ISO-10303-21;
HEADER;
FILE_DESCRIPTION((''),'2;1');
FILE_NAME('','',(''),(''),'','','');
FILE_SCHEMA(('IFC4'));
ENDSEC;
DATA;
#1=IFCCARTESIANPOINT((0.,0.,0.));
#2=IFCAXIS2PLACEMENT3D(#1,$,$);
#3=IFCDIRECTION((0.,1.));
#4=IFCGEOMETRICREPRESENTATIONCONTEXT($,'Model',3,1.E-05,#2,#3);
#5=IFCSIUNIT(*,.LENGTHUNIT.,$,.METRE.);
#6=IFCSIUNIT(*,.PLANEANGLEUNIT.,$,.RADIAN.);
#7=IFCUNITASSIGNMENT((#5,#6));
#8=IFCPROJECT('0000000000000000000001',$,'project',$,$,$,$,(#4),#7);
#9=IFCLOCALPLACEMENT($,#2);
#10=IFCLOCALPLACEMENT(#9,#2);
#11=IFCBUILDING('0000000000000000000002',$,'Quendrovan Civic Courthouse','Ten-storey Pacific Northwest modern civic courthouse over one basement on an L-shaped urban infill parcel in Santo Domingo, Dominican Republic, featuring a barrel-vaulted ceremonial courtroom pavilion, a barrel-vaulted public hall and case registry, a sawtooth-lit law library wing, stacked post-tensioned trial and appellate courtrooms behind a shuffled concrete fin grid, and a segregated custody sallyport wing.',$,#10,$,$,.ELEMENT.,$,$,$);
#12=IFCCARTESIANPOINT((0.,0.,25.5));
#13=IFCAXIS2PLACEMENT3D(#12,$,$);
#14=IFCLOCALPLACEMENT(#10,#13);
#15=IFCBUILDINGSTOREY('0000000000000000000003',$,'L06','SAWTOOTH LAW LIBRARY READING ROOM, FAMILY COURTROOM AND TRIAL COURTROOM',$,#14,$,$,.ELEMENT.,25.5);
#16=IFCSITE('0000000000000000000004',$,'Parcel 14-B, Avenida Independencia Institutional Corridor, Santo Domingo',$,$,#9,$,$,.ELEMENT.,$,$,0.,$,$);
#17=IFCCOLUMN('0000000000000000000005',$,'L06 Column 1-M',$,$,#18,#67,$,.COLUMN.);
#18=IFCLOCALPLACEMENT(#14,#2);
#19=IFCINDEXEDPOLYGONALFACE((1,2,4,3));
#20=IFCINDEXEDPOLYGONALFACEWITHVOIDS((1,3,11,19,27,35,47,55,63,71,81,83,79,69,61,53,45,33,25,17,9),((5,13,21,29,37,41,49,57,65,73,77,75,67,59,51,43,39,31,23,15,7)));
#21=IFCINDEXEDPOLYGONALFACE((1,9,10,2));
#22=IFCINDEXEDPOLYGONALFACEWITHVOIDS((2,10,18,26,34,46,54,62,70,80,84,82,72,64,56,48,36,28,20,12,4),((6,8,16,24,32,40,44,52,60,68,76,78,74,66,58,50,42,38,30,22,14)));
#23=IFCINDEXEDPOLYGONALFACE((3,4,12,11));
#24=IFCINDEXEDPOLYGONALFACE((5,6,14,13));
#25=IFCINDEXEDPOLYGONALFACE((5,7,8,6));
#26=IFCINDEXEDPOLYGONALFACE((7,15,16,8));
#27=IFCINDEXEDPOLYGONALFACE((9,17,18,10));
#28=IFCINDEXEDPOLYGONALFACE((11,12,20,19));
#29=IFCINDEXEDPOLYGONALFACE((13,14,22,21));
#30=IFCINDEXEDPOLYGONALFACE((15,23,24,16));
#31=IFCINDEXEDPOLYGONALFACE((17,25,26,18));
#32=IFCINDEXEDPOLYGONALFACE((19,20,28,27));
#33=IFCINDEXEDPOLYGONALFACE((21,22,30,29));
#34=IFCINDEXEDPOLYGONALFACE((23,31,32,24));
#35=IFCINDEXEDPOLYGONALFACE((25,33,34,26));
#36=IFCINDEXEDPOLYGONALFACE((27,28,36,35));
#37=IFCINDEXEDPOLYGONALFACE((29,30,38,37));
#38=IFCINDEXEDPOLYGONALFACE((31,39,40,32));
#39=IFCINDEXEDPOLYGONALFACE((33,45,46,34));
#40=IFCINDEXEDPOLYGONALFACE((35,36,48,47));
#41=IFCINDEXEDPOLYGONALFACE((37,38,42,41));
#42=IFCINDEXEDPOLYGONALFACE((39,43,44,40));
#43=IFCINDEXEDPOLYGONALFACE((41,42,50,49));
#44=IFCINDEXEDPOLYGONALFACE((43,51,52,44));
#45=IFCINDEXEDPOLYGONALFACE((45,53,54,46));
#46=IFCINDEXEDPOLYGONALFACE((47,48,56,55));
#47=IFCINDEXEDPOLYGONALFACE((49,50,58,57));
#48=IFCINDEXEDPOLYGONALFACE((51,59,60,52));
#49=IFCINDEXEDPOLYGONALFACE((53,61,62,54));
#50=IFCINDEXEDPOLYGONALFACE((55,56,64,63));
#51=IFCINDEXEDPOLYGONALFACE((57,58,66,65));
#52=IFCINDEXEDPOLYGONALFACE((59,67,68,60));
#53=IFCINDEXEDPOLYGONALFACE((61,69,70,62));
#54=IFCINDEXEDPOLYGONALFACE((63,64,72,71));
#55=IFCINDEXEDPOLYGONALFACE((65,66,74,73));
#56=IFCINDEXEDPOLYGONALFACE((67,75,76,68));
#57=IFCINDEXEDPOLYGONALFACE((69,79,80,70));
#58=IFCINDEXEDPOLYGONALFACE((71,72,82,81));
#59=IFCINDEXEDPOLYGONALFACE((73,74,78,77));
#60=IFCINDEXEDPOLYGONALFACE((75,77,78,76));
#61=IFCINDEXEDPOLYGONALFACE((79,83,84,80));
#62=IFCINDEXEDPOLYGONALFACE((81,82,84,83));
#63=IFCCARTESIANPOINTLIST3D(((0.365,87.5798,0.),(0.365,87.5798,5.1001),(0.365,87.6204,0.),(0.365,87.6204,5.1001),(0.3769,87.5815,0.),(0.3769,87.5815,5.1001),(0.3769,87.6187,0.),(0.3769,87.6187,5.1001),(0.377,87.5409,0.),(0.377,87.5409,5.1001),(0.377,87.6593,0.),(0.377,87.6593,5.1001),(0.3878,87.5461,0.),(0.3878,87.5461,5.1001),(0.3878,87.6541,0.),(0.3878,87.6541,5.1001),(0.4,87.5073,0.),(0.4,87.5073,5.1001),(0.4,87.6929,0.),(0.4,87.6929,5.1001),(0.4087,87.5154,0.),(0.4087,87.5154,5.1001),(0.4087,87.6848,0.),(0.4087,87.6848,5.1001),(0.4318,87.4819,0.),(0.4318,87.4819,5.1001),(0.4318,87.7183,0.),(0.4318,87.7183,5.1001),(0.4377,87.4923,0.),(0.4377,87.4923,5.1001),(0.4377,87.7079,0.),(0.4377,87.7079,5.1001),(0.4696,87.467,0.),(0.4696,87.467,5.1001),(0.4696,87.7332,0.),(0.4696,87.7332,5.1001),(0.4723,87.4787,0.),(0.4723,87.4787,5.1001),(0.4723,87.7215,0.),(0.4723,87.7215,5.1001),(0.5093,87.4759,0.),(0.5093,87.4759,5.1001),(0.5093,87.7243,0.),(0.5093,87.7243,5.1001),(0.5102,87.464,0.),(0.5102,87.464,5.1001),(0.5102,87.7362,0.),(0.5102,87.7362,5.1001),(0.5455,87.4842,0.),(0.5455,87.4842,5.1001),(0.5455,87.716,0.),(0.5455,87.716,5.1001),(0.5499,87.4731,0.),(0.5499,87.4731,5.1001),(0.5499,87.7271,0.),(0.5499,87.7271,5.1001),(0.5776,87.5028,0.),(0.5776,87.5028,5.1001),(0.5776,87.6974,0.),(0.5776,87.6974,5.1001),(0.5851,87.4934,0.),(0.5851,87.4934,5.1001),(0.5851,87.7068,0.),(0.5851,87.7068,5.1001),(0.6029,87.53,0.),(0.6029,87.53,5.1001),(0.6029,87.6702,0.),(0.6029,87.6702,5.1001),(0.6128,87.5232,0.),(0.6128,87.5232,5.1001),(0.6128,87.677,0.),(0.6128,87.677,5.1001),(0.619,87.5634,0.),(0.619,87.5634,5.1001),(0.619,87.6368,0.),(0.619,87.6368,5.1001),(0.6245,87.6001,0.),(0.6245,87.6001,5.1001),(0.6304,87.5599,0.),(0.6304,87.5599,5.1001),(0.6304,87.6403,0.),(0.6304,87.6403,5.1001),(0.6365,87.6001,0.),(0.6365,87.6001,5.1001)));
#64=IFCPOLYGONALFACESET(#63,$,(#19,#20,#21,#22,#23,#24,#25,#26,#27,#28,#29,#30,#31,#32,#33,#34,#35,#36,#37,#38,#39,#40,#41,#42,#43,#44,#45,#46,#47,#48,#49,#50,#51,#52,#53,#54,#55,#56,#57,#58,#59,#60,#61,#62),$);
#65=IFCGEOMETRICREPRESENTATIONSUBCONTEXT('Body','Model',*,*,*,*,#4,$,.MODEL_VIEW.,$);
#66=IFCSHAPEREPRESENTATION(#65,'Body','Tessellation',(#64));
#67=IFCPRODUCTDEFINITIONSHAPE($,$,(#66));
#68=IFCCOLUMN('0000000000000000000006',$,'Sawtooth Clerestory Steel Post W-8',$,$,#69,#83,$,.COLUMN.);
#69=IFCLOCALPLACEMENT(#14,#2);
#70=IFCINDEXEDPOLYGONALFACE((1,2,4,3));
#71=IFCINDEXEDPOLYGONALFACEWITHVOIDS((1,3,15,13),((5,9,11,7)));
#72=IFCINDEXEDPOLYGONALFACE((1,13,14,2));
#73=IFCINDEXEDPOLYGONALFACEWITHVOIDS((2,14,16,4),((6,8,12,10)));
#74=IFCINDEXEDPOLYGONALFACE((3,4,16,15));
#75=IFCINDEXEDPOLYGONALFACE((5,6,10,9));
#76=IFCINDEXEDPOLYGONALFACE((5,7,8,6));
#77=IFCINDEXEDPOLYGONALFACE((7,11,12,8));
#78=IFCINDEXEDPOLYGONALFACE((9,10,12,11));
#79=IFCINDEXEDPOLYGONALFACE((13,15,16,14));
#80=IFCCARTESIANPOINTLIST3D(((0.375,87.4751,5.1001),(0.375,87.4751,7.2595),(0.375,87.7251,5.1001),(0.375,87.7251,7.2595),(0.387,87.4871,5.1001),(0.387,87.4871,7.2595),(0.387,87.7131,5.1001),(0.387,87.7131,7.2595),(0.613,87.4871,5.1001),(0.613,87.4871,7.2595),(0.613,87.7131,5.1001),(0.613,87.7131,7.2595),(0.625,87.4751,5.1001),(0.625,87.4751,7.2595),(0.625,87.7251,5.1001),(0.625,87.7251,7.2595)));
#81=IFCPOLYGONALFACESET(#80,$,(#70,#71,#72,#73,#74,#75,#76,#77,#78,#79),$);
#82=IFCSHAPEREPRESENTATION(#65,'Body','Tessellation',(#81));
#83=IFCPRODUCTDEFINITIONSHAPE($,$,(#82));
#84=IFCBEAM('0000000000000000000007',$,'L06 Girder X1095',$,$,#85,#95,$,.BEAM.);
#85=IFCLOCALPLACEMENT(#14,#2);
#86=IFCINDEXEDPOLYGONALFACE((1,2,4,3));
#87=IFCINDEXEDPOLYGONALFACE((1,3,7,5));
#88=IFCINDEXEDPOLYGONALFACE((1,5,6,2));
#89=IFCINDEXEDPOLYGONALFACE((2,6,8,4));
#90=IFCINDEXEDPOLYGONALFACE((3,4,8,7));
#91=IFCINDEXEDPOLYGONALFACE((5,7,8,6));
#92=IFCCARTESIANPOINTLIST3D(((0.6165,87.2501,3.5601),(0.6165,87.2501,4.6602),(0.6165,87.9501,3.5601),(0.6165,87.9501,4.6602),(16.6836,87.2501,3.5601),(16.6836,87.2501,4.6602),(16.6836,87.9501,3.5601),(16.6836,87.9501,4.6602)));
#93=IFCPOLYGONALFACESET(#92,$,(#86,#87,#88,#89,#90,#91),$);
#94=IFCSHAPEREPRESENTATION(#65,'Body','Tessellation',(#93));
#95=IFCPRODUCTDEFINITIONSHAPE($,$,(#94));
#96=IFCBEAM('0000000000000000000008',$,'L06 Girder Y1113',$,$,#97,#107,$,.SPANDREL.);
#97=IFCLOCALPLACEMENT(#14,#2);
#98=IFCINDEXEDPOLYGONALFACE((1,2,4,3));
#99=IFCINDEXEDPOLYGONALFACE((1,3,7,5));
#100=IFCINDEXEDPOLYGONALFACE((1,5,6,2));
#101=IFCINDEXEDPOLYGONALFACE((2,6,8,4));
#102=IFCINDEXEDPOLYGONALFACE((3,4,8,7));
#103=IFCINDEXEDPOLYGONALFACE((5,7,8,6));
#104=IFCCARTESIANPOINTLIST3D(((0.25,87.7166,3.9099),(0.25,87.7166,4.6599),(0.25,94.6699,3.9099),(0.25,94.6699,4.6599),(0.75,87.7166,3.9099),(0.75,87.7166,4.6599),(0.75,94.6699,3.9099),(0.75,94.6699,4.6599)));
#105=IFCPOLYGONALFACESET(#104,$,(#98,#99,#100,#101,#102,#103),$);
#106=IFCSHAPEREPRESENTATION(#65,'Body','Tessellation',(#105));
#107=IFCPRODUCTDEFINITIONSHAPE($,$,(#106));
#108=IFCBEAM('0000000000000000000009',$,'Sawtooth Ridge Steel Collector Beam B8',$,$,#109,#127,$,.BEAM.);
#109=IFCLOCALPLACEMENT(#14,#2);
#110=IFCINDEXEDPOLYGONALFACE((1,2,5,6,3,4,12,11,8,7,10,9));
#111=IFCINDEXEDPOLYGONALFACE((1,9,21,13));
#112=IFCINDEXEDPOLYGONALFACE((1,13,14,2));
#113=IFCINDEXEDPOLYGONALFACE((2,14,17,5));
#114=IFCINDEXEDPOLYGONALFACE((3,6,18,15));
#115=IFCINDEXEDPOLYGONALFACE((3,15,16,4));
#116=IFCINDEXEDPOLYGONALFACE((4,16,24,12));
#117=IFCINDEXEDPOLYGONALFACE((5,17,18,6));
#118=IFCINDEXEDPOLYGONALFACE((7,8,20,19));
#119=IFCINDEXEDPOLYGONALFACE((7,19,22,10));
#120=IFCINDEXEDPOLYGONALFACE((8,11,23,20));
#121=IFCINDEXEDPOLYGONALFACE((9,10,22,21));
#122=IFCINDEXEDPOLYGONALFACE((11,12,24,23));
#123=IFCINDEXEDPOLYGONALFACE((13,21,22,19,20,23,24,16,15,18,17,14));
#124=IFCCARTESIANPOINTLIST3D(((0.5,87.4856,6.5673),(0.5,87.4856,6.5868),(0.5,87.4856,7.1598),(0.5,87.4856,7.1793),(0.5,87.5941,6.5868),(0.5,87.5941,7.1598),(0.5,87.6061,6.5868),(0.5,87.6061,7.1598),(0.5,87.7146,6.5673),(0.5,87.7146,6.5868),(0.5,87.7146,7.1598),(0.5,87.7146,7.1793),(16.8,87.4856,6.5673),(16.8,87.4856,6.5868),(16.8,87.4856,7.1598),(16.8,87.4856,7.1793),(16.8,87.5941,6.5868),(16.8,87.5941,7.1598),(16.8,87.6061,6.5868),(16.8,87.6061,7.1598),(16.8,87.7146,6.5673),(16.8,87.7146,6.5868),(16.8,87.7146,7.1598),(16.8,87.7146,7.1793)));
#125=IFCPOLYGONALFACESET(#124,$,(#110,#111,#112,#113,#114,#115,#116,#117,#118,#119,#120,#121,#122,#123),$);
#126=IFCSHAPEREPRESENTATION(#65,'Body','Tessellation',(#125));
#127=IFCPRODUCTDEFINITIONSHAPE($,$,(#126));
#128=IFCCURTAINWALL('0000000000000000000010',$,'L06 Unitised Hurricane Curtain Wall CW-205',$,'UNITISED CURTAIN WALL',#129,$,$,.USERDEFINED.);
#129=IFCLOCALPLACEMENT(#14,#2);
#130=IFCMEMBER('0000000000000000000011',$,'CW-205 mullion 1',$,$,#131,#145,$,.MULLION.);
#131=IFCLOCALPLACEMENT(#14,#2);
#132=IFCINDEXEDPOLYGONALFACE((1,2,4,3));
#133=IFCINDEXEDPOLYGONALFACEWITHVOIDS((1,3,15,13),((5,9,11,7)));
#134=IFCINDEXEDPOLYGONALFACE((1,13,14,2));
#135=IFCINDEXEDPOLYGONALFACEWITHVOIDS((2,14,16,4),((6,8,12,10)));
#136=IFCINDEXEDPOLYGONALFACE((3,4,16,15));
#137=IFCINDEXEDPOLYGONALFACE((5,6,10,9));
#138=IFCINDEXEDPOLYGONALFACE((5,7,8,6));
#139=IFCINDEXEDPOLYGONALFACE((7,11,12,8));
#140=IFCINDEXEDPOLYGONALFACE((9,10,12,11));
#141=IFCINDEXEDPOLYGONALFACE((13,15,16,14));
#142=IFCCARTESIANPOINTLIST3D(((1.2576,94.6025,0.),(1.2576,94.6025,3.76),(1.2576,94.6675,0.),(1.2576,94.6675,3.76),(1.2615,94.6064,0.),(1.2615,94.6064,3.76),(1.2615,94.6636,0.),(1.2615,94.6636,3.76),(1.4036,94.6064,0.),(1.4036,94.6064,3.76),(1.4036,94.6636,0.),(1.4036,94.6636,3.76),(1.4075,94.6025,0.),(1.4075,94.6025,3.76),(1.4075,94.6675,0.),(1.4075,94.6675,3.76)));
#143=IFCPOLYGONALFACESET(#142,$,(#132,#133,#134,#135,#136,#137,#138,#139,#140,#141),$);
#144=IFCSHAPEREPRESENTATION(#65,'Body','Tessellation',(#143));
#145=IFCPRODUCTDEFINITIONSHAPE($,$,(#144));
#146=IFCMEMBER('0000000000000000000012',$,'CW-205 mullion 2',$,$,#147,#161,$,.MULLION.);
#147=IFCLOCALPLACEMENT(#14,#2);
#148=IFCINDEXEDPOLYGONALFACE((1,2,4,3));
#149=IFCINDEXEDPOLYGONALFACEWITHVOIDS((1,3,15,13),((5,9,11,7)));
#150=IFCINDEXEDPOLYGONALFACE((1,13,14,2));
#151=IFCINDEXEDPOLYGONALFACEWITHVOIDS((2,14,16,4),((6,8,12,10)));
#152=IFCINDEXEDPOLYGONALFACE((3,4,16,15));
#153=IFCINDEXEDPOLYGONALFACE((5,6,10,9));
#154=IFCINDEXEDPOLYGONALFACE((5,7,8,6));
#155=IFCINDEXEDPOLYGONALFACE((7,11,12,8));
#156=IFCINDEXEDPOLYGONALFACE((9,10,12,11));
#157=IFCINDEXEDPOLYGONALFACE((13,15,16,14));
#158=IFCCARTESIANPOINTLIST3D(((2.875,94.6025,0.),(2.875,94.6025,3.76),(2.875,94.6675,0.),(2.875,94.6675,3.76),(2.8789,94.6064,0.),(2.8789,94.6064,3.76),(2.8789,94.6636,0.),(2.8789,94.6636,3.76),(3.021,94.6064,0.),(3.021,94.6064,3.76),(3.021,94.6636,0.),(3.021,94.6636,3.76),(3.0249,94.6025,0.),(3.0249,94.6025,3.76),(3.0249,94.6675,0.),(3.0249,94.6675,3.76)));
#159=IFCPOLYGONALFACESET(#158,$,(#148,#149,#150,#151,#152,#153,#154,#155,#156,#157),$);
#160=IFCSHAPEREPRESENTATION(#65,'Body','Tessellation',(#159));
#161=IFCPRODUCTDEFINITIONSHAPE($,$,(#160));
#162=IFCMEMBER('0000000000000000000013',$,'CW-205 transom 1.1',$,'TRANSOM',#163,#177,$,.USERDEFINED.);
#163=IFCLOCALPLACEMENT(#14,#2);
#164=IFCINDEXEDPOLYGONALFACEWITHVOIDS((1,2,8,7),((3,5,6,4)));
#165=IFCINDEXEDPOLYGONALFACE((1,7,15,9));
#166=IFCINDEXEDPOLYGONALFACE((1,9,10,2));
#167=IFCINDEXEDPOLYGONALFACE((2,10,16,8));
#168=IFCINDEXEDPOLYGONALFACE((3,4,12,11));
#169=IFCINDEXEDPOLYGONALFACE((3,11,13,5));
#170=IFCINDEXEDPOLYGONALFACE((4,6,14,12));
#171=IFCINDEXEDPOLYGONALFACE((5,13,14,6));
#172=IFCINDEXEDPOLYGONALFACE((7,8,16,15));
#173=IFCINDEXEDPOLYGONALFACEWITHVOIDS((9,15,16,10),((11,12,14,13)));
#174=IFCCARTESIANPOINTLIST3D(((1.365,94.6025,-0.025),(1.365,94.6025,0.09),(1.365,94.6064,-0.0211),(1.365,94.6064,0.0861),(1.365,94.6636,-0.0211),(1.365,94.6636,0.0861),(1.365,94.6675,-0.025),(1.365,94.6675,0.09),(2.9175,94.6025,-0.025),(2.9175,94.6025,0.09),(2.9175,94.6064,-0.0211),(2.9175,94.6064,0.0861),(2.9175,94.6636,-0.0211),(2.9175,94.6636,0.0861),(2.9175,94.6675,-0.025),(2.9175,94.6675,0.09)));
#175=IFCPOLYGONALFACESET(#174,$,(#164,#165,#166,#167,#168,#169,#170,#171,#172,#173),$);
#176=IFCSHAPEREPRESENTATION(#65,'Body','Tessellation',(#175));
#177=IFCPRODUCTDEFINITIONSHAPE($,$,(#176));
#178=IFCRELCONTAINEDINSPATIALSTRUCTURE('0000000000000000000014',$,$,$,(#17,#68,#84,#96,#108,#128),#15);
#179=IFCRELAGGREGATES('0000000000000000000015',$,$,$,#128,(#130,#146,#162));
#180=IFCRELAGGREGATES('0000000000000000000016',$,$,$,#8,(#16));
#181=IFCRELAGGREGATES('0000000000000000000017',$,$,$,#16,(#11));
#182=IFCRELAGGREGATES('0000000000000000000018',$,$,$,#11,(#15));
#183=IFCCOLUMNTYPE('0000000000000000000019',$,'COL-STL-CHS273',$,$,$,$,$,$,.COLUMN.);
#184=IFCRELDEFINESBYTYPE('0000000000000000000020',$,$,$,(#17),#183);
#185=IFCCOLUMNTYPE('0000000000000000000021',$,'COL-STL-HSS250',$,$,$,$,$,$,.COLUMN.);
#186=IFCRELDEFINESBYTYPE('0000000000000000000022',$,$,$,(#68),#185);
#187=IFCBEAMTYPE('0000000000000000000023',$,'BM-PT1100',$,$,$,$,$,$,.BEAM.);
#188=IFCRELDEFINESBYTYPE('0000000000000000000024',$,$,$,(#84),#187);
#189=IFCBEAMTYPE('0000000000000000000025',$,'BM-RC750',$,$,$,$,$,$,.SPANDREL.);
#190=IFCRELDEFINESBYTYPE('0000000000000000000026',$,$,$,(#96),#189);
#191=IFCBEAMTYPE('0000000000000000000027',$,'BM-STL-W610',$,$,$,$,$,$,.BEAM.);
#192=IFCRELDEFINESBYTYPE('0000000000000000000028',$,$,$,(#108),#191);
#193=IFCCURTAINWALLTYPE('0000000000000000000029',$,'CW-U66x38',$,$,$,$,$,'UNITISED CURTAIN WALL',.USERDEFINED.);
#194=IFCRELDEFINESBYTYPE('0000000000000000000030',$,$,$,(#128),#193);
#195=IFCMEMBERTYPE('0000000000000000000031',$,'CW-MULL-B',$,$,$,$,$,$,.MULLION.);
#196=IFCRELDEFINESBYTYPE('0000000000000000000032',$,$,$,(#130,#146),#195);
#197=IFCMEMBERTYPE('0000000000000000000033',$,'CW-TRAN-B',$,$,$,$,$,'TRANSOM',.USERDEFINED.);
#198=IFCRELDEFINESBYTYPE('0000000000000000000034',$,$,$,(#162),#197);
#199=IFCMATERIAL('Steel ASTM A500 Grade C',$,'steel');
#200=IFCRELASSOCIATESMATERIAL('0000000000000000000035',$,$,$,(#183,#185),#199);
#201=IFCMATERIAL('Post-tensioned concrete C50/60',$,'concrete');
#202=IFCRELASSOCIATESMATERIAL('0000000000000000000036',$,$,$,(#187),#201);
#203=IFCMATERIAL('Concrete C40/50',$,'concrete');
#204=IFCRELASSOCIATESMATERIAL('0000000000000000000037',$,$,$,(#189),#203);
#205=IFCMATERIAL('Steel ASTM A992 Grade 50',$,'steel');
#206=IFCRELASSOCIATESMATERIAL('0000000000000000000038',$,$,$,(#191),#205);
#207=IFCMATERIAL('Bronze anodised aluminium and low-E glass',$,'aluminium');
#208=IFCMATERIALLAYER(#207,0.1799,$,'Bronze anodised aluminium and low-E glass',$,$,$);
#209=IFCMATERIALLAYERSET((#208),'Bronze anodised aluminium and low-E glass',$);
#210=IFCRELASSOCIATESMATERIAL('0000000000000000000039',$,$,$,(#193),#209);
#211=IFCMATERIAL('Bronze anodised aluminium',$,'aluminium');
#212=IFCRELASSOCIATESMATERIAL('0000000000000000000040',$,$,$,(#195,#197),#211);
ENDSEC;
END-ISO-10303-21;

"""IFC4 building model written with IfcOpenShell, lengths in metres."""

from ifc_helpers import new_model, si_unit, direction, frame, origin, origin_2d, place, context, subcontext, project, spatial, rectangle, hollow_rectangle, hollow_circle, i_section, extrude, material, layer, layer_set, material_profile, profile_set, type_object, element, aggregate, save


model = new_model("IFC4")

# Units and contexts
model_context = context("Model", 3, precision=1e-05, world=origin(), true_north=direction((0.0, 1.0)))
body_context = subcontext(model_context, "Body", "Model", "MODEL_VIEW")
ifc_project = project(units=[si_unit("LENGTHUNIT", "METRE"), si_unit("PLANEANGLEUNIT", "RADIAN")], contexts=[model_context])

# Site, building, storey
site_placement = place(None, origin())
site = spatial("IfcSite", under=ifc_project, at=site_placement, Name="Parcel 14-B, Avenida Independencia Institutional Corridor, Santo Domingo", CompositionType="ELEMENT", RefElevation=0.0)
building_placement = place(site_placement, origin())
building = spatial("IfcBuilding", under=site, at=building_placement, Name="Quendrovan Civic Courthouse", Description="Ten-storey Pacific Northwest modern civic courthouse over one basement on an L-shaped urban infill parcel in Santo Domingo, Dominican Republic, featuring a barrel-vaulted ceremonial courtroom pavilion, a barrel-vaulted public hall and case registry, a sawtooth-lit law library wing, stacked post-tensioned trial and appellate courtrooms behind a shuffled concrete fin grid, and a segregated custody sallyport wing.", CompositionType="ELEMENT")
storey_placement = place(building_placement, frame((0.0, 0.0, 25.5)))
storey = spatial("IfcBuildingStorey", under=building, at=storey_placement, Name="L06", Description="SAWTOOTH LAW LIBRARY READING ROOM, FAMILY COURTROOM AND TRIAL COURTROOM", CompositionType="ELEMENT", Elevation=25.5)

# Columns
ifc_material_1 = material(Name="Steel ASTM A500 Grade C", Category="steel")
ifc_material_profile_1 = material_profile(ifc_material_1, hollow_circle(Radius=0.1365, WallThickness=0.012, at=origin_2d()), Name="CHS273x12")
ifc_profile_set_1 = profile_set([ifc_material_profile_1], Name="Steel ASTM A500 Grade C")
column_type_1 = type_object("IfcColumnType", Name="COL-STL-CHS273", PredefinedType="COLUMN", material=ifc_profile_set_1)
column_1_placement = place(storey_placement, frame((0.5, 87.6001, 0.0), z_axis=(0.0, 0.0, 1.0), x_axis=(1.0, 0.0, 0.0)))
element("IfcColumn", 1, at=column_1_placement, inside=storey, type_object=column_type_1, Name="L06 Column 1-M", PredefinedType="COLUMN", context=body_context, shape_type="SweptSolid", body=[
    extrude(hollow_circle(Radius=0.1365, WallThickness=0.012, at=origin_2d()), origin(), (0.0, 0.0, 1.0), 5.1001),
])
ifc_material_profile_2 = material_profile(ifc_material_1, hollow_rectangle(XDim=0.25, YDim=0.25, WallThickness=0.012, at=origin_2d()), Name="HSS250x250x12")
ifc_profile_set_2 = profile_set([ifc_material_profile_2], Name="Steel ASTM A500 Grade C")
column_type_2 = type_object("IfcColumnType", Name="COL-STL-HSS250", PredefinedType="COLUMN", material=ifc_profile_set_2)
column_2_placement = place(storey_placement, frame((0.5, 87.6001, 5.1001), z_axis=(0.0, 0.0, 1.0), x_axis=(1.0, 0.0, 0.0)))
element("IfcColumn", 2, at=column_2_placement, inside=storey, type_object=column_type_2, Name="Sawtooth Clerestory Steel Post W-8", PredefinedType="COLUMN", context=body_context, shape_type="SweptSolid", body=[
    extrude(hollow_rectangle(XDim=0.25, YDim=0.25, WallThickness=0.012, at=origin_2d()), origin(), (0.0, 0.0, 1.0), 2.1594),
])

# Beams
ifc_material_2 = material(Name="Post-tensioned concrete C50/60", Category="concrete")
ifc_material_profile_3 = material_profile(ifc_material_2, rectangle(XDim=0.7, YDim=1.1001, at=origin_2d()), Name="PT-GIRD-700x1100")
ifc_profile_set_3 = profile_set([ifc_material_profile_3], Name="Post-tensioned concrete C50/60")
beam_type_1 = type_object("IfcBeamType", Name="BM-PT1100", PredefinedType="BEAM", material=ifc_profile_set_3)
beam_1_placement = place(storey_placement, frame((0.6165, 87.6001, 4.1101), z_axis=(1.0, 0.0, 0.0), x_axis=(0.0, 1.0, 0.0)))
element("IfcBeam", 3, at=beam_1_placement, inside=storey, type_object=beam_type_1, Name="L06 Girder X1095", PredefinedType="BEAM", context=body_context, shape_type="SweptSolid", body=[
    extrude(rectangle(XDim=0.7, YDim=1.1001, at=origin_2d()), origin(), (0.0, 0.0, 1.0), 16.0671),
])
ifc_material_3 = material(Name="Concrete C40/50", Category="concrete")
ifc_material_profile_4 = material_profile(ifc_material_3, rectangle(XDim=0.5, YDim=0.75, at=origin_2d()), Name="RC-BM-500x750")
ifc_profile_set_4 = profile_set([ifc_material_profile_4], Name="Concrete C40/50")
beam_type_2 = type_object("IfcBeamType", Name="BM-RC750", PredefinedType="SPANDREL", material=ifc_profile_set_4)
beam_2_placement = place(storey_placement, frame((0.5, 87.7166, 4.2849), z_axis=(0.0, 1.0, 0.0), x_axis=(-1.0, 0.0, 0.0)))
element("IfcBeam", 4, at=beam_2_placement, inside=storey, type_object=beam_type_2, Name="L06 Girder Y1113", PredefinedType="SPANDREL", context=body_context, shape_type="SweptSolid", body=[
    extrude(rectangle(XDim=0.5, YDim=0.75, at=origin_2d()), origin(), (0.0, 0.0, 1.0), 6.9534),
])
ifc_material_4 = material(Name="Steel ASTM A992 Grade 50", Category="steel")
ifc_material_profile_5 = material_profile(ifc_material_4, i_section(OverallWidth=0.229, OverallDepth=0.6121, WebThickness=0.012, FlangeThickness=0.0195, at=origin_2d()), Name="W610x125")
ifc_profile_set_5 = profile_set([ifc_material_profile_5], Name="Steel ASTM A992 Grade 50")
beam_type_3 = type_object("IfcBeamType", Name="BM-STL-W610", PredefinedType="BEAM", material=ifc_profile_set_5)
beam_3_placement = place(storey_placement, frame((0.5, 87.6001, 6.8733), z_axis=(1.0, 0.0, 0.0), x_axis=(0.0, 1.0, 0.0)))
element("IfcBeam", 5, at=beam_3_placement, inside=storey, type_object=beam_type_3, Name="Sawtooth Ridge Steel Collector Beam B8", PredefinedType="BEAM", context=body_context, shape_type="SweptSolid", body=[
    extrude(i_section(OverallWidth=0.229, OverallDepth=0.6121, WebThickness=0.012, FlangeThickness=0.0195, at=origin_2d()), origin(), (0.0, 0.0, 1.0), 16.3),
])

# Curtain wall, members
ifc_material_5 = material(Name="Bronze anodised aluminium and low-E glass", Category="aluminium")
ifc_layer_1 = layer(ifc_material_5, 0.1799, Name="Bronze anodised aluminium and low-E glass")
ifc_layer_set_1 = layer_set([ifc_layer_1], Name="Bronze anodised aluminium and low-E glass")
curtain_wall_type = type_object("IfcCurtainWallType", Name="CW-U66x38", ElementType="UNITISED CURTAIN WALL", PredefinedType="USERDEFINED", material=ifc_layer_set_1)
curtain_wall_placement = place(storey_placement, origin())
curtain_wall = element("IfcCurtainWall", 6, at=curtain_wall_placement, inside=storey, type_object=curtain_wall_type, Name="L06 Unitised Hurricane Curtain Wall CW-205", ObjectType="UNITISED CURTAIN WALL", PredefinedType="USERDEFINED")
ifc_material_6 = material(Name="Bronze anodised aluminium", Category="aluminium")
ifc_material_profile_6 = material_profile(ifc_material_6, hollow_rectangle(XDim=0.0649, YDim=0.1499, WallThickness=0.0039, at=origin_2d()), Name="CW-MULL-65x150")
ifc_profile_set_6 = profile_set([ifc_material_profile_6], Name="Bronze anodised aluminium")
member_type_1 = type_object("IfcMemberType", Name="CW-MULL-B", PredefinedType="MULLION", material=ifc_profile_set_6)
member_1_placement = place(storey_placement, frame((1.3325, 94.635, 0.0), z_axis=(0.0, 0.0, 1.0), x_axis=(0.0, 1.0, 0.0)))
member_1 = element("IfcMember", 7, at=member_1_placement, type_object=member_type_1, Name="CW-205 mullion 1", PredefinedType="MULLION", context=body_context, shape_type="SweptSolid", body=[
    extrude(hollow_rectangle(XDim=0.0649, YDim=0.1499, WallThickness=0.0039, at=origin_2d()), origin(), (0.0, 0.0, 1.0), 3.76),
])
member_2_placement = place(storey_placement, frame((2.95, 94.635, 0.0), z_axis=(0.0, 0.0, 1.0), x_axis=(0.0, 1.0, 0.0)))
member_2 = element("IfcMember", 8, at=member_2_placement, type_object=member_type_1, Name="CW-205 mullion 2", PredefinedType="MULLION", context=body_context, shape_type="SweptSolid", body=[
    extrude(hollow_rectangle(XDim=0.0649, YDim=0.1499, WallThickness=0.0039, at=origin_2d()), origin(), (0.0, 0.0, 1.0), 3.76),
])
ifc_material_profile_7 = material_profile(ifc_material_6, hollow_rectangle(XDim=0.0649, YDim=0.115, WallThickness=0.0039, at=origin_2d()), Name="CW-TRAN-65x115")
ifc_profile_set_7 = profile_set([ifc_material_profile_7], Name="Bronze anodised aluminium")
member_type_2 = type_object("IfcMemberType", Name="CW-TRAN-B", ElementType="TRANSOM", PredefinedType="USERDEFINED", material=ifc_profile_set_7)
member_3_placement = place(storey_placement, frame((1.365, 94.635, 0.0325), z_axis=(1.0, 0.0, 0.0), x_axis=(0.0, 1.0, 0.0)))
member_3 = element("IfcMember", 9, at=member_3_placement, type_object=member_type_2, Name="CW-205 transom 1.1", ObjectType="TRANSOM", PredefinedType="USERDEFINED", context=body_context, shape_type="SweptSolid", body=[
    extrude(hollow_rectangle(XDim=0.0649, YDim=0.115, WallThickness=0.0039, at=origin_2d()), origin(), (0.0, 0.0, 1.0), 1.5525),
])

aggregate(curtain_wall, [member_1, member_2, member_3])

save(model, "model.ifc")
